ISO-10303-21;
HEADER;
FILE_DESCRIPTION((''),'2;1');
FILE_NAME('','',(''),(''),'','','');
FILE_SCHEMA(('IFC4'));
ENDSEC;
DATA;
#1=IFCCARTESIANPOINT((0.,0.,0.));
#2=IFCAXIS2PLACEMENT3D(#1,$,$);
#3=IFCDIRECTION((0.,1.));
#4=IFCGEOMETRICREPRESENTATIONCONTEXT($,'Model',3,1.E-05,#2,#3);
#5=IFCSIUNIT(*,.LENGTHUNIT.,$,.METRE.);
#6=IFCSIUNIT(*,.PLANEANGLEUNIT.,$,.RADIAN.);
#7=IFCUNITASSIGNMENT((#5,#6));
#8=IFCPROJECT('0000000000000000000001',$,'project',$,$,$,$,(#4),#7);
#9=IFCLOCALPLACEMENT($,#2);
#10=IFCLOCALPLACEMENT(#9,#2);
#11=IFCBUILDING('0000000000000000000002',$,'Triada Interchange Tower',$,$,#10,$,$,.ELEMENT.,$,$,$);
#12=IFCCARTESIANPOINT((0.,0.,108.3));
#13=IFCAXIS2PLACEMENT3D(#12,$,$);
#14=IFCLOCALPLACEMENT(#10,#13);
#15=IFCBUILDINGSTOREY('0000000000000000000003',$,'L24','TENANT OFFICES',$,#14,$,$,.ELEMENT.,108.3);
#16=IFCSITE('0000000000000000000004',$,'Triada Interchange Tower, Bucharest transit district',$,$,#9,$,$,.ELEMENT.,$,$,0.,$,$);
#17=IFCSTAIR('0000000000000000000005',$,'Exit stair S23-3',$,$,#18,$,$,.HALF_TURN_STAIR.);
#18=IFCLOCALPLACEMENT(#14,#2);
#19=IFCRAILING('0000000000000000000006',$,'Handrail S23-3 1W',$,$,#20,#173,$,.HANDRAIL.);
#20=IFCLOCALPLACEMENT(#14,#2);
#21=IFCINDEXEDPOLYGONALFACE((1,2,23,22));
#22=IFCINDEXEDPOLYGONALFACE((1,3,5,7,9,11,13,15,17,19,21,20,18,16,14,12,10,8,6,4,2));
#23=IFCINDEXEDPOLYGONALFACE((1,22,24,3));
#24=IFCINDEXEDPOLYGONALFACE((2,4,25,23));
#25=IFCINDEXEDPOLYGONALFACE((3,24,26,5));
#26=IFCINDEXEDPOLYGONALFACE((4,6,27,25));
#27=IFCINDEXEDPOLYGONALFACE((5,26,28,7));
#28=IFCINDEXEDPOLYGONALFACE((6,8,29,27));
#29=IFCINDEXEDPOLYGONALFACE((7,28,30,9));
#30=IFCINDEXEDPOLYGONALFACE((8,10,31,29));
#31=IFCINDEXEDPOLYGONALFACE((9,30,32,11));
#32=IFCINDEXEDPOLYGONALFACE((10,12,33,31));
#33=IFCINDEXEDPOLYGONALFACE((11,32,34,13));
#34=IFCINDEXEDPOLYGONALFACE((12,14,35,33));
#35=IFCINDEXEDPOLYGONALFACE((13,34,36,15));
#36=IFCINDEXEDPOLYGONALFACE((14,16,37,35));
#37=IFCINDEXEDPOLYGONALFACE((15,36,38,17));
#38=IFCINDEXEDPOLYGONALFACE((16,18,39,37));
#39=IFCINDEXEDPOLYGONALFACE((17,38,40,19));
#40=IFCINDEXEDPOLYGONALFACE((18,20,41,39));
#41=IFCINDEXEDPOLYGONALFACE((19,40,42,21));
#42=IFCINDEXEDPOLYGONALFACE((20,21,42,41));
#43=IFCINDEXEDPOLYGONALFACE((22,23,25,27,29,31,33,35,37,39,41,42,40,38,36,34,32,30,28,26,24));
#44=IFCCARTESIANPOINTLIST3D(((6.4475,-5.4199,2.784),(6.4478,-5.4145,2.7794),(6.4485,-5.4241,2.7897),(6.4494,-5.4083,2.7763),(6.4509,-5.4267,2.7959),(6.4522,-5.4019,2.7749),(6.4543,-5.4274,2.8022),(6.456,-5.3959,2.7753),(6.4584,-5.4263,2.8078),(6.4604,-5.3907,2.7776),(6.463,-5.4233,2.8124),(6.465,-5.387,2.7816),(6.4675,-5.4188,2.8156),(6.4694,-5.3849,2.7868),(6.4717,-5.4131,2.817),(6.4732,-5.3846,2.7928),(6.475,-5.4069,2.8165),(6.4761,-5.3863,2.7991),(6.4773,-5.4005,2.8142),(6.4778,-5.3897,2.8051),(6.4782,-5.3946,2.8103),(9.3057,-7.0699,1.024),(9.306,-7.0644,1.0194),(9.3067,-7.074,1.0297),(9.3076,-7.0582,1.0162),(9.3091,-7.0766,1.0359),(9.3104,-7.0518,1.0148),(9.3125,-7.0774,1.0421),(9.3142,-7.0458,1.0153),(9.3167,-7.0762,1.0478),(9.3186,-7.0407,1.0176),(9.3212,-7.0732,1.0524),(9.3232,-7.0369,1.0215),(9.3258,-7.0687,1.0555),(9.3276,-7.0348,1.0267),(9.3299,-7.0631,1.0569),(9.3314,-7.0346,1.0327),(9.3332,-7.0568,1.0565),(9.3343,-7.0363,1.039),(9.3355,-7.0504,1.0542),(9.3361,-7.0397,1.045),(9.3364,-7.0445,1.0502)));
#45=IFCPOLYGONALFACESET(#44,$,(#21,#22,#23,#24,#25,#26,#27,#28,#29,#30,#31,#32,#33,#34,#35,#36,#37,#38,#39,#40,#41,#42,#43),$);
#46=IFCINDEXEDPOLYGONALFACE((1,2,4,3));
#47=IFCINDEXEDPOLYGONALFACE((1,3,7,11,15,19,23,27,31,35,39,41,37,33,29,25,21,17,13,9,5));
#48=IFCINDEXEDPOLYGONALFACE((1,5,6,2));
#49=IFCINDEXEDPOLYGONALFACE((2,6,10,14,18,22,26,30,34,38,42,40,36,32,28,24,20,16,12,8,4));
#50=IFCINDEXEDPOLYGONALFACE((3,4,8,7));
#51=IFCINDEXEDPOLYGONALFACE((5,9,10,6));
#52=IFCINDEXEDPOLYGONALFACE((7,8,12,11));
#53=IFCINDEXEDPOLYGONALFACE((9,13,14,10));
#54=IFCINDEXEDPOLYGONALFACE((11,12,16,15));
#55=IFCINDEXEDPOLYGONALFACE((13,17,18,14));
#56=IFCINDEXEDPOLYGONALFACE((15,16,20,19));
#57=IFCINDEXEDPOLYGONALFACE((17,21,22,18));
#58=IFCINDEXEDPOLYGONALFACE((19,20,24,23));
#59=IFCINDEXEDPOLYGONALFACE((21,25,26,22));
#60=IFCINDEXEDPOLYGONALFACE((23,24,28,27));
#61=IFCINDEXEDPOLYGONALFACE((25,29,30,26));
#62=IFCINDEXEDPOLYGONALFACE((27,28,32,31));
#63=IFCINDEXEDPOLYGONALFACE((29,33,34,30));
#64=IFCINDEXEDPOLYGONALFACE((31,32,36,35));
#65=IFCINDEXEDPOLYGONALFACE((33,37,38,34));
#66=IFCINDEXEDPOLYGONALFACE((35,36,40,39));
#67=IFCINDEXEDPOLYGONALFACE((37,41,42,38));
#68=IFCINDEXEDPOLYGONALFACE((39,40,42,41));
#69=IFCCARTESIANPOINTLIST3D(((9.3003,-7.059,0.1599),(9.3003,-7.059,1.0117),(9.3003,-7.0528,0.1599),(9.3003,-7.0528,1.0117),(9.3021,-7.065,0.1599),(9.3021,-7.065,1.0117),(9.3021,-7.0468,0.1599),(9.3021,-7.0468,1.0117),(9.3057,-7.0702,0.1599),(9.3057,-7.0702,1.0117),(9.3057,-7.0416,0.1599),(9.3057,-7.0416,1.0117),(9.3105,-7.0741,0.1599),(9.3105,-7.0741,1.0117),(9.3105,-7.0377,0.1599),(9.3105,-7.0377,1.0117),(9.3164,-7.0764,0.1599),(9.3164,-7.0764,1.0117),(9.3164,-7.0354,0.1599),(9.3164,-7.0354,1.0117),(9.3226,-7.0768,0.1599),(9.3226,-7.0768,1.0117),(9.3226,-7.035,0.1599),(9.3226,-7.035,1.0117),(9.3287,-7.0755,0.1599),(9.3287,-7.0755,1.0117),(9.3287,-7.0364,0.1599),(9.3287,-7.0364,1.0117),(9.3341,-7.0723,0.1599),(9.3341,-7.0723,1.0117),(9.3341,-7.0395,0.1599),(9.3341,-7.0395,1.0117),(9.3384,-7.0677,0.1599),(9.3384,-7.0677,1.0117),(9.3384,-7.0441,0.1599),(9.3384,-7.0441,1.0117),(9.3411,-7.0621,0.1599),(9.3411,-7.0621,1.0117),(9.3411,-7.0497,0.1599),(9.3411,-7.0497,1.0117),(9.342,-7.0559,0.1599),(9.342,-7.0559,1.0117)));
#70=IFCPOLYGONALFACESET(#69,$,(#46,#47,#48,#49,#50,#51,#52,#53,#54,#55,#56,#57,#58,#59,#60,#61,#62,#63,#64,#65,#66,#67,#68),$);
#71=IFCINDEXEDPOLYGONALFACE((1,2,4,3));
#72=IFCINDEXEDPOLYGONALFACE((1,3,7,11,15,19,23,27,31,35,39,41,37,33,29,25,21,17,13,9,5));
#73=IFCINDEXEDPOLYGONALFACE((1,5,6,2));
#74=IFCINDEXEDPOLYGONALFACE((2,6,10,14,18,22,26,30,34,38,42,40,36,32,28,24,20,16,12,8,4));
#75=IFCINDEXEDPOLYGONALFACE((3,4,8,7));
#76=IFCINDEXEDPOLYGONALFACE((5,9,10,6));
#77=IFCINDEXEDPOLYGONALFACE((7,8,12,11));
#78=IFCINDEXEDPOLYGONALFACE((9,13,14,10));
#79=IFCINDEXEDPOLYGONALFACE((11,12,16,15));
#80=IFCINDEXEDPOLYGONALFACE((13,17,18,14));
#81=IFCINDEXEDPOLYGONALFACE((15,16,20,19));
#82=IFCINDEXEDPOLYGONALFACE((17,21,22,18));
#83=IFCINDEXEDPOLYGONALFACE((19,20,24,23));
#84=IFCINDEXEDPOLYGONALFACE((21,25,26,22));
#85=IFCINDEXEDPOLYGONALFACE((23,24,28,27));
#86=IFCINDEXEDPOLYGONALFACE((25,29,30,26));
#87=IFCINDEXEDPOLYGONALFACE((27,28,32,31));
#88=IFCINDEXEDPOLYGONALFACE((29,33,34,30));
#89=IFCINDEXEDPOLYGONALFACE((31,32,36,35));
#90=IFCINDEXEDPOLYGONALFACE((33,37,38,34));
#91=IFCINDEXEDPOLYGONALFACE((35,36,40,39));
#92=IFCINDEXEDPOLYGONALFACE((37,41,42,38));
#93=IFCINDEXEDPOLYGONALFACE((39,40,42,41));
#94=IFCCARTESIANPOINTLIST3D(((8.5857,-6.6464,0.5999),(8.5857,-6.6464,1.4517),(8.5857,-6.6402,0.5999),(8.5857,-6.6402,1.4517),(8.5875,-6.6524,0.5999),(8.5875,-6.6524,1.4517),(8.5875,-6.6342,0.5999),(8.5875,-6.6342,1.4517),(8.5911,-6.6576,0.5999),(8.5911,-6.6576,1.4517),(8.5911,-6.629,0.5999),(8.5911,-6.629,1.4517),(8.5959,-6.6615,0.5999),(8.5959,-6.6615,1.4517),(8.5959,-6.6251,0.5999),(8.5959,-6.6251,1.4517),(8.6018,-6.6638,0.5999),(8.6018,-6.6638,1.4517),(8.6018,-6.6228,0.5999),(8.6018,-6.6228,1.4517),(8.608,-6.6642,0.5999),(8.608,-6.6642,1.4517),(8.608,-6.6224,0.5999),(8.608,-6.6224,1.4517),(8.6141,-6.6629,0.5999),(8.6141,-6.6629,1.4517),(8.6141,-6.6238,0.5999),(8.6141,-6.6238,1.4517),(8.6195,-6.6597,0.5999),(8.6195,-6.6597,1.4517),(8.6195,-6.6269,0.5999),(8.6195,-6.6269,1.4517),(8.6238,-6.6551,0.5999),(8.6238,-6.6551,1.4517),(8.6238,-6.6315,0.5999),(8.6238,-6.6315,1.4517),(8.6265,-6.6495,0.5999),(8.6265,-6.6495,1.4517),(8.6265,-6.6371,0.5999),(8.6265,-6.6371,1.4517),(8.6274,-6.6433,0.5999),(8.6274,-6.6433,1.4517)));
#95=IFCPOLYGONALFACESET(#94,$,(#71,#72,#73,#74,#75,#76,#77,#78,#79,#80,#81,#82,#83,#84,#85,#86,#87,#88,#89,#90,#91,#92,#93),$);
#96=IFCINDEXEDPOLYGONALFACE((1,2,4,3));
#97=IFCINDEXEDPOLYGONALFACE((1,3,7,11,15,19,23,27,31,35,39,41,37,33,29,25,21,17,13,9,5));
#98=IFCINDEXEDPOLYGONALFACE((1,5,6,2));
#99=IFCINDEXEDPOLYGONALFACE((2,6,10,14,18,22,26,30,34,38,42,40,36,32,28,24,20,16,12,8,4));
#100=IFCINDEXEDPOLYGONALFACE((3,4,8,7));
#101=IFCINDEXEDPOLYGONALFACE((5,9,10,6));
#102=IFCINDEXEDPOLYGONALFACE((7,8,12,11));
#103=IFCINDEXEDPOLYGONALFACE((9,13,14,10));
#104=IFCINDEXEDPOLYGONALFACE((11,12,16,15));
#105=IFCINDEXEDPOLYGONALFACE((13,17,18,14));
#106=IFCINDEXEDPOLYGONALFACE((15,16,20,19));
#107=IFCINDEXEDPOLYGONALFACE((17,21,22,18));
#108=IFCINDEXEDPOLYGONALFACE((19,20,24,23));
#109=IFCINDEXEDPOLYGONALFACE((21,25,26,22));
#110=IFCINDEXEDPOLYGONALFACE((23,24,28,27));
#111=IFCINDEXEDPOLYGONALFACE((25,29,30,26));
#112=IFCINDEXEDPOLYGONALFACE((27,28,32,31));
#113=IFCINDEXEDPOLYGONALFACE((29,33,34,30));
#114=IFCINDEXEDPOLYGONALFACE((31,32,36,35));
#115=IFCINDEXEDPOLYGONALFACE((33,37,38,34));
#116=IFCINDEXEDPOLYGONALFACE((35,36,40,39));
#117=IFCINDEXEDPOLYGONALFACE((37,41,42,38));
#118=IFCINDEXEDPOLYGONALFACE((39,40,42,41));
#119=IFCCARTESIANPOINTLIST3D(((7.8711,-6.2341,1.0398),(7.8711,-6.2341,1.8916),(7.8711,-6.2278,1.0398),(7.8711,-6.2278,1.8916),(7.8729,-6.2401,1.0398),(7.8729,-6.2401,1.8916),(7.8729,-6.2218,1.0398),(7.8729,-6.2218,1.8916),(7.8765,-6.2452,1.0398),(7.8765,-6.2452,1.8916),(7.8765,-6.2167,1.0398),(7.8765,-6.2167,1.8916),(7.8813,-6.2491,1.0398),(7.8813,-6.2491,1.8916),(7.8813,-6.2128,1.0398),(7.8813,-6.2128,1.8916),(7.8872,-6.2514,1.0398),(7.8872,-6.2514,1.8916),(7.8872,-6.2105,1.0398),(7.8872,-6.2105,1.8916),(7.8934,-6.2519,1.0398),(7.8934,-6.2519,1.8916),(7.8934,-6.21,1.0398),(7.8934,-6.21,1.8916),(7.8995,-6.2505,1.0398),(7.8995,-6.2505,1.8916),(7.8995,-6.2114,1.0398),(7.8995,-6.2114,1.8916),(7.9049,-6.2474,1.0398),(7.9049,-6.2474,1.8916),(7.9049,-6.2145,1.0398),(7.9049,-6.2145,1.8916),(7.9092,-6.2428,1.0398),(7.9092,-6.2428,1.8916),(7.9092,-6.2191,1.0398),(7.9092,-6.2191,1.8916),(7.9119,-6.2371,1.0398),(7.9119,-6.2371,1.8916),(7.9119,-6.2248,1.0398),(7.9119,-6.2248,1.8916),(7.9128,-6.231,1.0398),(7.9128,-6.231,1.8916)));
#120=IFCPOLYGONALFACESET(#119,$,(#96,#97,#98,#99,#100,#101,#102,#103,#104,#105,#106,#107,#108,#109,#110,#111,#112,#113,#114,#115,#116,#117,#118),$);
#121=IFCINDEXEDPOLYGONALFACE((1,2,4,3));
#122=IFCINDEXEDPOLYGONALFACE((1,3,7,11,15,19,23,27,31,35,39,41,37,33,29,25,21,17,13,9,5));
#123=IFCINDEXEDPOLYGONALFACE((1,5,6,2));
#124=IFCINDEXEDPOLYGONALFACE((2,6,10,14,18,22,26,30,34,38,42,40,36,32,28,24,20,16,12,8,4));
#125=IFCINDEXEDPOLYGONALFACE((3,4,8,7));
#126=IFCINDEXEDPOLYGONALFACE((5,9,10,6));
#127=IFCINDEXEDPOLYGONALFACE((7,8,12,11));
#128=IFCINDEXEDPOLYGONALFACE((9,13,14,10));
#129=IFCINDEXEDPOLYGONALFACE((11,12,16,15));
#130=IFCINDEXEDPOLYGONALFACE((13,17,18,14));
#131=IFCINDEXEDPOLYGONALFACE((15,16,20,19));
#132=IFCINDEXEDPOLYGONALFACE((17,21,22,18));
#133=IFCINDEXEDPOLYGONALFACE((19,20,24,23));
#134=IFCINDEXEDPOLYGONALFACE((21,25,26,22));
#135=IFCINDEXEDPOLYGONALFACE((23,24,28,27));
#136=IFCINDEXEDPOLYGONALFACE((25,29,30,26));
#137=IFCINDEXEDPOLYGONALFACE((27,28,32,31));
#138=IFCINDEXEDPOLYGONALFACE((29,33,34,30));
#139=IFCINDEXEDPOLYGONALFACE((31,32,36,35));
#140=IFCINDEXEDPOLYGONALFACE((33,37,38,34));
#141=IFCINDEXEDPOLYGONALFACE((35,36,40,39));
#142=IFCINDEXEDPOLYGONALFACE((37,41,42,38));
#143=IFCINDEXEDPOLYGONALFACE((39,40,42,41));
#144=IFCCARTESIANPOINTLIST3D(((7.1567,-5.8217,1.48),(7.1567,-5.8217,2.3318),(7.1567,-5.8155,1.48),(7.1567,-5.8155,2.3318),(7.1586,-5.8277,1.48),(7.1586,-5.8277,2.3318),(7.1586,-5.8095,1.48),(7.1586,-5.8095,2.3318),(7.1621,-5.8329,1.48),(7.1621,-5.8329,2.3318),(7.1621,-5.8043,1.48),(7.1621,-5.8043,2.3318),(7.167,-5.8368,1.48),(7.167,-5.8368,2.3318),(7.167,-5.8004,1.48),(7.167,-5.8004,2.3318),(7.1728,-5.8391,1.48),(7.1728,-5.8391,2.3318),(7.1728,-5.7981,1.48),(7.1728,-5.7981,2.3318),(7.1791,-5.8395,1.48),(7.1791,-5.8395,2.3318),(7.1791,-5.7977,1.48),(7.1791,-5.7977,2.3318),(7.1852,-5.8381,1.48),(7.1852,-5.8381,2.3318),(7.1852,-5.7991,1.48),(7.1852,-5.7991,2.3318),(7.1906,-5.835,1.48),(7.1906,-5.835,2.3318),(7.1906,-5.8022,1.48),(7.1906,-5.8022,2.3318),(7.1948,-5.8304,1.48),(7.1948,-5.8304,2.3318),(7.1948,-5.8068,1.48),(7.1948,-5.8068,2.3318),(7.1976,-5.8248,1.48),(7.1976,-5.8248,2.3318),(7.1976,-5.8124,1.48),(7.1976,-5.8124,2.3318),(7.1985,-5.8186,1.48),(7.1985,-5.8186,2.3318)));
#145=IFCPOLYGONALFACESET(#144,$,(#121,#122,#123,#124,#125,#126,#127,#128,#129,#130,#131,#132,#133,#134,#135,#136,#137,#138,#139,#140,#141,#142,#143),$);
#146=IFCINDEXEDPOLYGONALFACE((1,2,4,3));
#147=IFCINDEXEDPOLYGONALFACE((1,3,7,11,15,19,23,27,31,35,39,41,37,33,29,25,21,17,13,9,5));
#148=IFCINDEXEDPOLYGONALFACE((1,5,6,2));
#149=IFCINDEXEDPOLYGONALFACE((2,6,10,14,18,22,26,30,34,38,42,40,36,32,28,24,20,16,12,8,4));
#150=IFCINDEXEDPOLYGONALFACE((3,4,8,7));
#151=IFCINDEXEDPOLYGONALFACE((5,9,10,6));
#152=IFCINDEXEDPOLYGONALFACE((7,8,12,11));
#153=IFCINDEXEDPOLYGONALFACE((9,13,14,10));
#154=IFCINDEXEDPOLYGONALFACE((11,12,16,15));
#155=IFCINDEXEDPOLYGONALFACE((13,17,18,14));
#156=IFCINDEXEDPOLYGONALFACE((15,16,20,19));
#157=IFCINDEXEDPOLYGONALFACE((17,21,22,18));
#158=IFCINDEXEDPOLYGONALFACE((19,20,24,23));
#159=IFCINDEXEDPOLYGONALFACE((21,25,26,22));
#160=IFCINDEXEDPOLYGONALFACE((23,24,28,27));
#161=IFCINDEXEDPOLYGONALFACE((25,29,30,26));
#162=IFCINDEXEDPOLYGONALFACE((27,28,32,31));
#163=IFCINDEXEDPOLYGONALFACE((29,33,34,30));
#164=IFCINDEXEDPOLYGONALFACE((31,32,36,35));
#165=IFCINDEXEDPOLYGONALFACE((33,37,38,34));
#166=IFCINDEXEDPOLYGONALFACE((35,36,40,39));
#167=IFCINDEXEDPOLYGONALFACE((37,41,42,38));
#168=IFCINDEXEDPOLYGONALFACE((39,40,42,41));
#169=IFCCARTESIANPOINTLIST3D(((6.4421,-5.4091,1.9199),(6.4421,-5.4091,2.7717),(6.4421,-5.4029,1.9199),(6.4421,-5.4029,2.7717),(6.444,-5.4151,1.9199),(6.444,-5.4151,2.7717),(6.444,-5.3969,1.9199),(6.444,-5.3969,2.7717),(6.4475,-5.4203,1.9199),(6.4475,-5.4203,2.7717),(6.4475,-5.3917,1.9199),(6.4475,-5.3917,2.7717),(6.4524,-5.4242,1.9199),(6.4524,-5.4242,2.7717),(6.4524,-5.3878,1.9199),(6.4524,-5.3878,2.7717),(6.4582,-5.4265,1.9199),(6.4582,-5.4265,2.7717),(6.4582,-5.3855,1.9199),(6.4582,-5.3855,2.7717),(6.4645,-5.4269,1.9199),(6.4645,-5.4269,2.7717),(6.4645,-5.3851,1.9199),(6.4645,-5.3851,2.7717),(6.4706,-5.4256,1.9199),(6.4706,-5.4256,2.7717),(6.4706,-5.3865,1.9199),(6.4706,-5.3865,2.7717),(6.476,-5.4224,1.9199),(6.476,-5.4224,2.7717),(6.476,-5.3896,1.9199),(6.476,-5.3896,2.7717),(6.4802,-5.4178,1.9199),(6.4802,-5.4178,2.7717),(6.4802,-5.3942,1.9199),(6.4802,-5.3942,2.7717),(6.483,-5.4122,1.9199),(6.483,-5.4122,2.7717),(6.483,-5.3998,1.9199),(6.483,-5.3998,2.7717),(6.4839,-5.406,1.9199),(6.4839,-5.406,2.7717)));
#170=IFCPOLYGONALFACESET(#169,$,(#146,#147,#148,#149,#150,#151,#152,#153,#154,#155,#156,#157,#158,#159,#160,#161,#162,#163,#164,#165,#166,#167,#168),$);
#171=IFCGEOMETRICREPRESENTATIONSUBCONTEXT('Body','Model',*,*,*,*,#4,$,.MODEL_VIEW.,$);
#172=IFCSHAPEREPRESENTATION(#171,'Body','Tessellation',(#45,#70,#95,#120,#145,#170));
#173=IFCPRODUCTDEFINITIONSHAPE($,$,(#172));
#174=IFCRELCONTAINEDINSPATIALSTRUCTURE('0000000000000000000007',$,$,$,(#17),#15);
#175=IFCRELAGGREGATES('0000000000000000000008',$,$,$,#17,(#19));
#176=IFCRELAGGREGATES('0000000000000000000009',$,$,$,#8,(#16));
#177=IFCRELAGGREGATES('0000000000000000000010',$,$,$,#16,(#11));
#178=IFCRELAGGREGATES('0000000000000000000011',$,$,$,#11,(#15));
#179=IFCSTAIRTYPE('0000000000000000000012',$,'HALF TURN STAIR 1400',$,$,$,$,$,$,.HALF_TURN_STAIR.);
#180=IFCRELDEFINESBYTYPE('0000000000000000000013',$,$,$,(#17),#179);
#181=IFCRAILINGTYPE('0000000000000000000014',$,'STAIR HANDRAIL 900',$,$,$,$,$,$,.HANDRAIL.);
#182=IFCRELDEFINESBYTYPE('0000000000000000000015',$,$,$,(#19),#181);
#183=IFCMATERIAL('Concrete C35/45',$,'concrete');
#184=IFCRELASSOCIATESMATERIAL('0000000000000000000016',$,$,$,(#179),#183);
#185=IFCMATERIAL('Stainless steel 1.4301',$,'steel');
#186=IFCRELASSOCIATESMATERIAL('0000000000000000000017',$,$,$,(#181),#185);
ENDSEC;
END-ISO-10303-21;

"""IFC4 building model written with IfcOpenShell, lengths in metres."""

from ifc_helpers import new_model, si_unit, direction, frame, origin, origin_2d, place, context, subcontext, project, spatial, circle, extrude, material, type_object, element, aggregate, save


model = new_model("IFC4")

# Units and contexts
model_context = context("Model", 3, precision=1e-05, world=origin(), true_north=direction((0.0, 1.0)))
body_context = subcontext(model_context, "Body", "Model", "MODEL_VIEW")
ifc_project = project(units=[si_unit("LENGTHUNIT", "METRE"), si_unit("PLANEANGLEUNIT", "RADIAN")], contexts=[model_context])

# Site, building, storey
site_placement = place(None, origin())
site = spatial("IfcSite", under=ifc_project, at=site_placement, Name="Triada Interchange Tower, Bucharest transit district", CompositionType="ELEMENT", RefElevation=0.0)
building_placement = place(site_placement, origin())
building = spatial("IfcBuilding", under=site, at=building_placement, Name="Triada Interchange Tower", CompositionType="ELEMENT")
storey_placement = place(building_placement, frame((0.0, 0.0, 108.3)))
storey = spatial("IfcBuildingStorey", under=building, at=storey_placement, Name="L24", Description="TENANT OFFICES", CompositionType="ELEMENT", Elevation=108.3)

# Stair, railing
ifc_material_1 = material(Name="Concrete C35/45", Category="concrete")
stair_type = type_object("IfcStairType", Name="HALF TURN STAIR 1400", PredefinedType="HALF_TURN_STAIR", material=ifc_material_1)
stair_placement = place(storey_placement, origin())
stair = element("IfcStair", 1, at=stair_placement, inside=storey, type_object=stair_type, Name="Exit stair S23-3", PredefinedType="HALF_TURN_STAIR")
ifc_material_2 = material(Name="Stainless steel 1.4301", Category="steel")
railing_type = type_object("IfcRailingType", Name="STAIR HANDRAIL 900", PredefinedType="HANDRAIL", material=ifc_material_2)
railing_1_placement = place(storey_placement, frame((9.321, -7.0559, 0.1599)))
railing_1 = element("IfcRailing", 2, at=railing_1_placement, type_object=railing_type, Name="Handrail S23-3 1W", PredefinedType="HANDRAIL", context=body_context, shape_type="SweptSolid", body=[
    extrude(circle(Radius=0.0239, at=origin_2d()), frame((0.0, 0.0, 0.876), z_axis=(-0.764178, 0.441131, 0.47057), x_axis=(-0.499942, -0.866059, 0.0)), (0.0, 0.0, 1.0), 3.7402),
    extrude(circle(Radius=0.021, at=origin_2d()), origin(), (0.0, 0.0, 1.0), 0.8518),
    extrude(circle(Radius=0.021, at=origin_2d()), frame((-0.7146, 0.4126, 0.4399)), (0.0, 0.0, 1.0), 0.8518),
    extrude(circle(Radius=0.021, at=origin_2d()), frame((-1.4292, 0.825, 0.8799)), (0.0, 0.0, 1.0), 0.8518),
    extrude(circle(Radius=0.021, at=origin_2d()), frame((-2.1436, 1.2373, 1.3201)), (0.0, 0.0, 1.0), 0.8518),
    extrude(circle(Radius=0.021, at=origin_2d()), frame((-2.8582, 1.6499, 1.76)), (0.0, 0.0, 1.0), 0.8518),
])
aggregate(stair, [railing_1])

save(model, "model.ifc")
